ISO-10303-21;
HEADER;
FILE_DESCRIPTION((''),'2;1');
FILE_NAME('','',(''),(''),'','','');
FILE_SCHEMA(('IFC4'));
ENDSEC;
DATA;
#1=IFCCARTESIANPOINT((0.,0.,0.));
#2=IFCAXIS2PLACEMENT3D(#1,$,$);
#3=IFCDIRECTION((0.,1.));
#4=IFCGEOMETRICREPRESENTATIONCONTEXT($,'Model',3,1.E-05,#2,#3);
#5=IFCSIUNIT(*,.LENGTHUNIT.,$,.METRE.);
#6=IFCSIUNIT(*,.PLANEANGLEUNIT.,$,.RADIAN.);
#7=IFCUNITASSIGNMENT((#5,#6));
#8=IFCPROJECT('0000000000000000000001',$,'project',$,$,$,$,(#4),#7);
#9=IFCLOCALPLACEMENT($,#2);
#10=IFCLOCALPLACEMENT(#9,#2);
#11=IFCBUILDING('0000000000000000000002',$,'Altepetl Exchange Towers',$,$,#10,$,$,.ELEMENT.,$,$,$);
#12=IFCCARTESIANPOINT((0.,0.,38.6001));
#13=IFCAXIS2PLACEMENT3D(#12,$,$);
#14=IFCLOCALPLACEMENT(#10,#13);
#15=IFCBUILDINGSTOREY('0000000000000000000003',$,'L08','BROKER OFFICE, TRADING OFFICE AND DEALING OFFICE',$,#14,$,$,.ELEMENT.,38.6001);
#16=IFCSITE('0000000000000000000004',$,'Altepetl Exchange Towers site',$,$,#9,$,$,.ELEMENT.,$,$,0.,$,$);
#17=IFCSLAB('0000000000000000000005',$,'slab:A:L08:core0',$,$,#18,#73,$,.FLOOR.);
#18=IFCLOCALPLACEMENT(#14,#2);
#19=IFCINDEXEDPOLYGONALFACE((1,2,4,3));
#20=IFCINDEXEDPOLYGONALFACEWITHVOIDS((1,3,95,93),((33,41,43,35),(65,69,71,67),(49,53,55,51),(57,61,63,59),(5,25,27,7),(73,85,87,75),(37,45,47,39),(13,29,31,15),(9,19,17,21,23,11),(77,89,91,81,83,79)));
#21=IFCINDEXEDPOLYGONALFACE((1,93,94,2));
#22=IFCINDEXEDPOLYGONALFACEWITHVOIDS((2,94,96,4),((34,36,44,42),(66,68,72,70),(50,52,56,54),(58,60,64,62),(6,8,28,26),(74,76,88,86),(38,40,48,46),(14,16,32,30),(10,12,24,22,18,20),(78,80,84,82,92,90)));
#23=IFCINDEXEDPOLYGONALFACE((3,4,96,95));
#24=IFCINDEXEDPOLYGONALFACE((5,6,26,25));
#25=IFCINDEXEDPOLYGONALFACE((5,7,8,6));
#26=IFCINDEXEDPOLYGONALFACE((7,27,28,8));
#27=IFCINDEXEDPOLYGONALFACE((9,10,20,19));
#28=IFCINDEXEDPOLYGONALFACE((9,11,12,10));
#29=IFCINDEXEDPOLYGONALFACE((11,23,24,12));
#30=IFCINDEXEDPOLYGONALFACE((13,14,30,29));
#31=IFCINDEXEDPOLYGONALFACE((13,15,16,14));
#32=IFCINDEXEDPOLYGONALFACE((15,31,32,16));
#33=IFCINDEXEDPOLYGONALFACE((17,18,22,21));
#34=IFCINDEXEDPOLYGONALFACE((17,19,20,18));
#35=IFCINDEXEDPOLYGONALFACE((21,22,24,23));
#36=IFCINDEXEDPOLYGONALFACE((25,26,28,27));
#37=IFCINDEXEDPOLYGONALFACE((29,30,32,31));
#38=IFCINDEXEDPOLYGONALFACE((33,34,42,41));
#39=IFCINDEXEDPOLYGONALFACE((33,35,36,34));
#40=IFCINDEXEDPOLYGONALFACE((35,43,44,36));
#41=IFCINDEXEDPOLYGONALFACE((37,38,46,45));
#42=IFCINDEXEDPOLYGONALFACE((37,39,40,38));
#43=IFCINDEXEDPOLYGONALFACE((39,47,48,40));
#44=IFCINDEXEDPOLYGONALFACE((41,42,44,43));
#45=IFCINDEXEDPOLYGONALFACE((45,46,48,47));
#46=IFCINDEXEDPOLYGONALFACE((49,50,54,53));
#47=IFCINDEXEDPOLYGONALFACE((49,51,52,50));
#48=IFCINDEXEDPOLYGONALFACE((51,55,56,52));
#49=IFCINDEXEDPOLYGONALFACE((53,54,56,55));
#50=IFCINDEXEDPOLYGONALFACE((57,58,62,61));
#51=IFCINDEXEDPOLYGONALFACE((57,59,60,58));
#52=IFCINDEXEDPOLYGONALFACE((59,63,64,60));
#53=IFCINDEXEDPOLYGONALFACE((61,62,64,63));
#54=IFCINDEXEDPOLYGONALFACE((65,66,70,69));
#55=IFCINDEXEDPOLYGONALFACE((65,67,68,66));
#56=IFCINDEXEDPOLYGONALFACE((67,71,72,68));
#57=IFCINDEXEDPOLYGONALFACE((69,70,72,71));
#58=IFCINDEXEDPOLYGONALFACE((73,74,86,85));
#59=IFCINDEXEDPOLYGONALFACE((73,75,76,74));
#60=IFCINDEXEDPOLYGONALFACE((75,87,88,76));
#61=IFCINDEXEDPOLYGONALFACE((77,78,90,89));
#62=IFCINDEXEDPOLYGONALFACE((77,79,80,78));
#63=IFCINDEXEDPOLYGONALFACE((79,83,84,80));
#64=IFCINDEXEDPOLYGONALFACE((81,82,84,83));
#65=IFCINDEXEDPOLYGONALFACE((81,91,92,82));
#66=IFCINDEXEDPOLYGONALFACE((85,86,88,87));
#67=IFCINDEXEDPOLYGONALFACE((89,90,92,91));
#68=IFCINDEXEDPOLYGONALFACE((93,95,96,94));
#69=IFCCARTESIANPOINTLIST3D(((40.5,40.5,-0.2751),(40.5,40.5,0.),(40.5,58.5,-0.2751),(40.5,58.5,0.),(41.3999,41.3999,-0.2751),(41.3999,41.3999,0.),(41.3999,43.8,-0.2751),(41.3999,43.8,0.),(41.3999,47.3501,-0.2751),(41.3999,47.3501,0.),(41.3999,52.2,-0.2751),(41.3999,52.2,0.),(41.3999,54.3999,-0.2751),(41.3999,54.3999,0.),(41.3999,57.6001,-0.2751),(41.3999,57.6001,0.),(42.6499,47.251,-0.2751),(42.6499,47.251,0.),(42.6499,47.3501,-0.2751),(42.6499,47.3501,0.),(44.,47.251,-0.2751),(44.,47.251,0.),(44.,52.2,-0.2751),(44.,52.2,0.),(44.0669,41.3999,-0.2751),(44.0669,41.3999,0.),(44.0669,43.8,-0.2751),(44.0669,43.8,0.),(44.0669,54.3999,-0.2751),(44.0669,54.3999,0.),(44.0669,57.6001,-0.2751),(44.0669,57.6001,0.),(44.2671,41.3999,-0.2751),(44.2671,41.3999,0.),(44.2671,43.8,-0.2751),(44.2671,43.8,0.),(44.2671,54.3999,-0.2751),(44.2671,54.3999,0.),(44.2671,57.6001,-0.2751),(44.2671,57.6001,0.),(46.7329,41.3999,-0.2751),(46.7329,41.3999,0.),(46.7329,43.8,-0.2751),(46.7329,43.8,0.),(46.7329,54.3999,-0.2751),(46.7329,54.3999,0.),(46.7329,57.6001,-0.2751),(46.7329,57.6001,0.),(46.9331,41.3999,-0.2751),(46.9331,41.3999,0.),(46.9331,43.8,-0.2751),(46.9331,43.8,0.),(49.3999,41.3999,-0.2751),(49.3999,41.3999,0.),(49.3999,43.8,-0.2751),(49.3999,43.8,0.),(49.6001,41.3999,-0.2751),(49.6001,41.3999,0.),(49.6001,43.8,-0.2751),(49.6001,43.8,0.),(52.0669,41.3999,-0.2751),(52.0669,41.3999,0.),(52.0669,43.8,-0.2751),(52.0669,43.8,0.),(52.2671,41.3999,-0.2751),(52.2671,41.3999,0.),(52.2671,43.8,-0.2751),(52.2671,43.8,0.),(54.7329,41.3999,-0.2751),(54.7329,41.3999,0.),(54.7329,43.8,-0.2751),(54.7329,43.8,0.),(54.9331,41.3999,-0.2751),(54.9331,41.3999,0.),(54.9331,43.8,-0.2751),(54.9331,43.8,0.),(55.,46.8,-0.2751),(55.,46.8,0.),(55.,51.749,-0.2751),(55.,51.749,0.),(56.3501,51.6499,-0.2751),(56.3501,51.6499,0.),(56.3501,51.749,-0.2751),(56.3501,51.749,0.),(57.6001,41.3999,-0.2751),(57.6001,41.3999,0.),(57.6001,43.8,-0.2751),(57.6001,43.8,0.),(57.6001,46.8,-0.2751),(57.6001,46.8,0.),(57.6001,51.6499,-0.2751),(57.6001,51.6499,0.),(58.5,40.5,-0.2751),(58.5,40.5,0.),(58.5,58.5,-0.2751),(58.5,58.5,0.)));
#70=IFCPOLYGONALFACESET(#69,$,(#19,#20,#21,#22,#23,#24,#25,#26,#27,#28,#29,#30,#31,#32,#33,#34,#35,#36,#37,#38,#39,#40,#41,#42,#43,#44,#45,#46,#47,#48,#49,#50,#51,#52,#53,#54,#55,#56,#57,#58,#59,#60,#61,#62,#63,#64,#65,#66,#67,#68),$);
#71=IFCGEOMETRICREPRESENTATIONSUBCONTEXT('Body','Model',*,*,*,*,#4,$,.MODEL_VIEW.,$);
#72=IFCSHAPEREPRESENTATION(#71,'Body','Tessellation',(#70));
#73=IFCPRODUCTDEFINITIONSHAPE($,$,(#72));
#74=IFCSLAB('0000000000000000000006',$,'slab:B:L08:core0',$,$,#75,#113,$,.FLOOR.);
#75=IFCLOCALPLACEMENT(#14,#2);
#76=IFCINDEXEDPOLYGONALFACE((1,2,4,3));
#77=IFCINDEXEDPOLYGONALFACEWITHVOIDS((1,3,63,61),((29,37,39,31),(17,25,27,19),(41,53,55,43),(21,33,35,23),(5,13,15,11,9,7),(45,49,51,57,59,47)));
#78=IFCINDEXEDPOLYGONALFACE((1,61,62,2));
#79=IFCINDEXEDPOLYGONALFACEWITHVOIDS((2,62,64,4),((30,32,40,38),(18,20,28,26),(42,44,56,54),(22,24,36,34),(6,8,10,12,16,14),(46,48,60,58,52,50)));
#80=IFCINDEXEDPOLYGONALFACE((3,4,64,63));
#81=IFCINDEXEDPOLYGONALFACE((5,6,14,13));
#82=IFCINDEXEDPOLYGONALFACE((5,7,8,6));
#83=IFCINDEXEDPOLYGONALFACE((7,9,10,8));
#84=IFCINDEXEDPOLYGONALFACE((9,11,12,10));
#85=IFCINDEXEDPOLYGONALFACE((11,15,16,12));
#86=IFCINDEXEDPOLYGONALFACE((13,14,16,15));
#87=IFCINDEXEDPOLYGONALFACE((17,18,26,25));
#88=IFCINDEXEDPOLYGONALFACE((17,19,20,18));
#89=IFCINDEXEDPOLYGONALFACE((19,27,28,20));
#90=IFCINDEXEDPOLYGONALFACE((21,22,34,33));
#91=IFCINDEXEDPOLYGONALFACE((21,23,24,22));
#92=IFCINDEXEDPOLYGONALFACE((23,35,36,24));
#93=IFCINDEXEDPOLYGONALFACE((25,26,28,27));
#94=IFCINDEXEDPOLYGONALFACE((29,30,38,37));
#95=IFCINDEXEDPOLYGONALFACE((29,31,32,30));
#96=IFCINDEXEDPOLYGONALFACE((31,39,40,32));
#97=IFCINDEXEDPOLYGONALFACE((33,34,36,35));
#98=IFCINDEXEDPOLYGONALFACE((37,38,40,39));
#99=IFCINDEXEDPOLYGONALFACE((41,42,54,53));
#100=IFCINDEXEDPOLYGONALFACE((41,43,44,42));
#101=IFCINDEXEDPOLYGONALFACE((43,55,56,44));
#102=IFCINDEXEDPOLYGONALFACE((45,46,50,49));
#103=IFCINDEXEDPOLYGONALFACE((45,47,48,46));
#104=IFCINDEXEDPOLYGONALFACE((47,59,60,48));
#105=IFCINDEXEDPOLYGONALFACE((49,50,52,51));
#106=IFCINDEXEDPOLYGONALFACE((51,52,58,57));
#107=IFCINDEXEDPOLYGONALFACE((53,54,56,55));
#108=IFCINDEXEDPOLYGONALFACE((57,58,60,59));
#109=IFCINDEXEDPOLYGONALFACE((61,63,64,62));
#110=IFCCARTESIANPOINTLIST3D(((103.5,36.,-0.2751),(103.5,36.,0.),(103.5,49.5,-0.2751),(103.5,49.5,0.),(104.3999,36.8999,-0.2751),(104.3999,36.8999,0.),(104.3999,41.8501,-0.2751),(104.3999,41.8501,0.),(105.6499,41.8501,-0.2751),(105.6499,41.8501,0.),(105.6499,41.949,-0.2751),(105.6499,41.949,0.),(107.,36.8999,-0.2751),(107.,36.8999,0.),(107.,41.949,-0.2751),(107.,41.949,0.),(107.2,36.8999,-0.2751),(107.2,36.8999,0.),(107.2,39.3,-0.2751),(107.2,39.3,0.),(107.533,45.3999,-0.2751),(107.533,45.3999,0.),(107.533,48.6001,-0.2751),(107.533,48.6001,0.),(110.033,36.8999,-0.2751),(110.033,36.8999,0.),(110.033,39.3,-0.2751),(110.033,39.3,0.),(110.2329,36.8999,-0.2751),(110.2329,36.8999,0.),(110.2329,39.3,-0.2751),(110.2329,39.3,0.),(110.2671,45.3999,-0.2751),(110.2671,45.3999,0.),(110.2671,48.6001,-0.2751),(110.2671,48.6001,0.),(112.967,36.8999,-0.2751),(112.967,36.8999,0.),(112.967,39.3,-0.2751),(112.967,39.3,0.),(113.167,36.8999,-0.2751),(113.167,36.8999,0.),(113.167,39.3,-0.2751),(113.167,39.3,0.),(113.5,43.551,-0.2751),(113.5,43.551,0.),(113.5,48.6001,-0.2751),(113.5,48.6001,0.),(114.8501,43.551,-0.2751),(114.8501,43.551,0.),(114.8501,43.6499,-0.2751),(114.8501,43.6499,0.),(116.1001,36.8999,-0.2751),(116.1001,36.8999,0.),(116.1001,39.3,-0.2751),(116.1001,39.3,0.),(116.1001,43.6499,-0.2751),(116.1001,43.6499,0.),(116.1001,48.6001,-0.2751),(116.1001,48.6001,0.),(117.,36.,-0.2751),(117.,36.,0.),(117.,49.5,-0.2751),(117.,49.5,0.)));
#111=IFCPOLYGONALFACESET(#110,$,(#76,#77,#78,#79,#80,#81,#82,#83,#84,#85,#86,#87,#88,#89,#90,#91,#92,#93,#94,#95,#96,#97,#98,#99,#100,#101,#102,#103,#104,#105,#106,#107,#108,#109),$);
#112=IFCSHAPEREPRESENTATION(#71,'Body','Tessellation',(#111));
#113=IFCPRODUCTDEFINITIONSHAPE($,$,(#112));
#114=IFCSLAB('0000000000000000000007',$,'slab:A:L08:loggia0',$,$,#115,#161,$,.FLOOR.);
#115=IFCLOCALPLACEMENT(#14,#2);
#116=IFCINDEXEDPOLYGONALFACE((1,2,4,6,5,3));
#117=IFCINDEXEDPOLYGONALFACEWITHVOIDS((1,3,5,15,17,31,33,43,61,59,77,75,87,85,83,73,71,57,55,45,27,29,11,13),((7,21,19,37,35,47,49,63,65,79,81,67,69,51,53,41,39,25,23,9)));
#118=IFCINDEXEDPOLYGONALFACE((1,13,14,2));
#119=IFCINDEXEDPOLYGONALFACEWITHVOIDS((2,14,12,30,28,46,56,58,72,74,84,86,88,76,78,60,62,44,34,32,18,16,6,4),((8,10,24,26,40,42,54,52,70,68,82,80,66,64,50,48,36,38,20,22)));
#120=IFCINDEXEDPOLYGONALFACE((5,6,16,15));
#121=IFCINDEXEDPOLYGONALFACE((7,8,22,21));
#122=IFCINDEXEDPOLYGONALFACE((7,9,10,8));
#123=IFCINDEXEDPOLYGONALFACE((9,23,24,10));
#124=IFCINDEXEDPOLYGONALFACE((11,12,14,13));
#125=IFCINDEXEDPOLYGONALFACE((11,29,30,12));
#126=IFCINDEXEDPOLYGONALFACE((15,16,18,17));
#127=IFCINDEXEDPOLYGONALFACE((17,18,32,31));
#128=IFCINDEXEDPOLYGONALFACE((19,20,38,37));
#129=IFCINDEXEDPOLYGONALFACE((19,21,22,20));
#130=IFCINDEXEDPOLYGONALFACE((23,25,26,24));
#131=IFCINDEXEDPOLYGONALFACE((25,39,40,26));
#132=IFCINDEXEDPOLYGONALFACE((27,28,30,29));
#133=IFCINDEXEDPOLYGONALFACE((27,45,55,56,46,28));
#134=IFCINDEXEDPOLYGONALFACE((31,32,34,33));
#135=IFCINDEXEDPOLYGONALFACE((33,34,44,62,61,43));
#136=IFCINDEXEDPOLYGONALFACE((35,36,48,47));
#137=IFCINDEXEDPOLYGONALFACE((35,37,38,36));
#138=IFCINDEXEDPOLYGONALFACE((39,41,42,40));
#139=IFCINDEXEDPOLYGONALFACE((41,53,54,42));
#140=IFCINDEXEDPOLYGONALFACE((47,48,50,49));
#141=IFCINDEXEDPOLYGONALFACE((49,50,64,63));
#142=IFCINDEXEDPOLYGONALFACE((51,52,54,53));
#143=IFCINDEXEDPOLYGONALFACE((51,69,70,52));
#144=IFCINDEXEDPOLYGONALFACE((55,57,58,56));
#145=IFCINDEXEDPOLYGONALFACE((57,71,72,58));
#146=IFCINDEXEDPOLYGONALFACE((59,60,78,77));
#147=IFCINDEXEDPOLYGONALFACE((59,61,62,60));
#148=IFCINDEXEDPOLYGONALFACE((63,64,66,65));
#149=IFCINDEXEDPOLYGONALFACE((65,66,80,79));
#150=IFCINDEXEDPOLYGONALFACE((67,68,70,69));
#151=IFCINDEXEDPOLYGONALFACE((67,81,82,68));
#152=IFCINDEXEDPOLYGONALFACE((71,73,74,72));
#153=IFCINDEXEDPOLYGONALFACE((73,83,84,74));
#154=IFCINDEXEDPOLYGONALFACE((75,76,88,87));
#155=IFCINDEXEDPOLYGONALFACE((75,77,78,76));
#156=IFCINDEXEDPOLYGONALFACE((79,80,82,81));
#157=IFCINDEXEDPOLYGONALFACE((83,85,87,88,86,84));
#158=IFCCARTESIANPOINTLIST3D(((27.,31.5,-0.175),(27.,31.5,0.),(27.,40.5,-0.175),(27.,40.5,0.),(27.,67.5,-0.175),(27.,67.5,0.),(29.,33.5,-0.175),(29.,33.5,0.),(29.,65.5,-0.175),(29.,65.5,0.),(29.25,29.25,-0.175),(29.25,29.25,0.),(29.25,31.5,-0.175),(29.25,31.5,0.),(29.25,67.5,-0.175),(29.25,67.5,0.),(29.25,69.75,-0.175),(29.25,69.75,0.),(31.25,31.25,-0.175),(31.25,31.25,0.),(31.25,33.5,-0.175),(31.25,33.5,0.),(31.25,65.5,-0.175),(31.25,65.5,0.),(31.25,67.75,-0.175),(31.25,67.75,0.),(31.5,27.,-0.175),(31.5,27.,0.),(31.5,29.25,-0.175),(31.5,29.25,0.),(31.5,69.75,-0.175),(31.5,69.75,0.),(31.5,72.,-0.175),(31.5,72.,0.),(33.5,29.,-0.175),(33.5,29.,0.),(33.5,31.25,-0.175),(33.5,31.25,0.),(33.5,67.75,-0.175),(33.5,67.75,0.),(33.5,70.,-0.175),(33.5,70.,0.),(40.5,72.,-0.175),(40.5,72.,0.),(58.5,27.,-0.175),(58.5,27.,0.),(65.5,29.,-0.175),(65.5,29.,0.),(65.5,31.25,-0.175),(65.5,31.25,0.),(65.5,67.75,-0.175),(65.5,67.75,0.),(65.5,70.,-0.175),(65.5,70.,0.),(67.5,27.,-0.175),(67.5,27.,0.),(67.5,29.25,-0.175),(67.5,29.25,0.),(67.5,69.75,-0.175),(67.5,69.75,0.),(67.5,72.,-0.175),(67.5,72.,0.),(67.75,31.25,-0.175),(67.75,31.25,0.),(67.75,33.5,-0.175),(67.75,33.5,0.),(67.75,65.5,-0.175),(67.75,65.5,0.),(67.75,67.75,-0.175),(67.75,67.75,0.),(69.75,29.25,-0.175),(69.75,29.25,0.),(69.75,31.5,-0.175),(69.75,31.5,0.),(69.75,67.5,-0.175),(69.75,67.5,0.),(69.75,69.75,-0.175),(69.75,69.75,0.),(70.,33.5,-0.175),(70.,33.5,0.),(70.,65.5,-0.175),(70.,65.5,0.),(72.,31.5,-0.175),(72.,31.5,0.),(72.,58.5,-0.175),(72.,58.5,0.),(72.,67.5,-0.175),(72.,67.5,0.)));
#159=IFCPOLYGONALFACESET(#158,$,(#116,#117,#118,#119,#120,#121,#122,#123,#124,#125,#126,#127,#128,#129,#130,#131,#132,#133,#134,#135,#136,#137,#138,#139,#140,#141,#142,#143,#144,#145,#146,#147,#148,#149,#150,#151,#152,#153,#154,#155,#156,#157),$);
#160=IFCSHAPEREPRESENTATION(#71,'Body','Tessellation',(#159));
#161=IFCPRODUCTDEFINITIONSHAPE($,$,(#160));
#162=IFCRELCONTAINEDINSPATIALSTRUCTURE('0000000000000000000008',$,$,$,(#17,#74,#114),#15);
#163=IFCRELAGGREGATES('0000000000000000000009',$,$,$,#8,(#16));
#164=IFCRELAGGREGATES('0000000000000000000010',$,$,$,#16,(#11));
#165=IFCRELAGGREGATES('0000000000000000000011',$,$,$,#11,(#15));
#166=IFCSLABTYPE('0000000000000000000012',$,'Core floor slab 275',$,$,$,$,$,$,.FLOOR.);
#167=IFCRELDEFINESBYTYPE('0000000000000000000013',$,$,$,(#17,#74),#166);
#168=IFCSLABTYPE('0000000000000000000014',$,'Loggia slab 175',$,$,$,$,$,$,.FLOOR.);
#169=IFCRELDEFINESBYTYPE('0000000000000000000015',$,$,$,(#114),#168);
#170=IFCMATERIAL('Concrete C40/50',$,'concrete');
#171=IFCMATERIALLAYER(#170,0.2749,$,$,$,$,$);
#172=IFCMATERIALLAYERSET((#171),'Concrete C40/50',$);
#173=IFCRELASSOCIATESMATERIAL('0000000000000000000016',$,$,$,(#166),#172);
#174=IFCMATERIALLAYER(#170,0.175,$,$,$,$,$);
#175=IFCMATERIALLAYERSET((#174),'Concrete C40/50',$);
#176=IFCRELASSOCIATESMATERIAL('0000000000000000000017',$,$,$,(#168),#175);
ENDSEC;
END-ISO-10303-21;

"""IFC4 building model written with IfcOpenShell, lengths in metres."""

from ifc_helpers import new_model, si_unit, direction, frame, origin, place, context, subcontext, project, spatial, polyline, outline, extrude, material, layer, layer_set, type_object, element, save


model = new_model("IFC4")

# Units and contexts
model_context = context("Model", 3, precision=1e-05, world=origin(), true_north=direction((0.0, 1.0)))
body_context = subcontext(model_context, "Body", "Model", "MODEL_VIEW")
ifc_project = project(units=[si_unit("LENGTHUNIT", "METRE"), si_unit("PLANEANGLEUNIT", "RADIAN")], contexts=[model_context])

# Site, building, storey
site_placement = place(None, origin())
site = spatial("IfcSite", under=ifc_project, at=site_placement, Name="Altepetl Exchange Towers site", CompositionType="ELEMENT", RefElevation=0.0)
building_placement = place(site_placement, origin())
building = spatial("IfcBuilding", under=site, at=building_placement, Name="Altepetl Exchange Towers", CompositionType="ELEMENT")
storey_placement = place(building_placement, frame((0.0, 0.0, 38.6001)))
storey = spatial("IfcBuildingStorey", under=building, at=storey_placement, Name="L08", Description="BROKER OFFICE, TRADING OFFICE AND DEALING OFFICE", CompositionType="ELEMENT", Elevation=38.6001)

# Slabs
ifc_material_1 = material(Name="Concrete C40/50", Category="concrete")
ifc_layer_1 = layer(ifc_material_1, 0.2749)
ifc_layer_set_1 = layer_set([ifc_layer_1], Name="Concrete C40/50")
slab_type_1 = type_object("IfcSlabType", Name="Core floor slab 275", PredefinedType="FLOOR", material=ifc_layer_set_1)
slab_1_placement = place(storey_placement, frame((0.0, 0.0, -0.2751)))
element("IfcSlab", 1, at=slab_1_placement, inside=storey, type_object=slab_type_1, Name="slab:A:L08:core0", PredefinedType="FLOOR", context=body_context, shape_type="SweptSolid", body=[
    extrude(outline(polyline([(40.5, 40.5), (58.5, 40.5), (58.5, 58.5), (40.5, 58.5), (40.5, 40.5)]), holes=[polyline([(41.3999, 43.8), (44.0669, 43.8), (44.0669, 41.3999), (41.3999, 41.3999), (41.3999, 43.8)]), polyline([(44.2671, 43.8), (46.7329, 43.8), (46.7329, 41.3999), (44.2671, 41.3999), (44.2671, 43.8)]), polyline([(46.9331, 43.8), (49.3999, 43.8), (49.3999, 41.3999), (46.9331, 41.3999), (46.9331, 43.8)]), polyline([(52.0669, 43.8), (52.0669, 41.3999), (49.6001, 41.3999), (49.6001, 43.8), (52.0669, 43.8)]), polyline([(54.7329, 43.8), (54.7329, 41.3999), (52.2671, 41.3999), (52.2671, 43.8), (54.7329, 43.8)]), polyline([(54.9331, 43.8), (57.6001, 43.8), (57.6001, 41.3999), (54.9331, 41.3999), (54.9331, 43.8)]), polyline([(55.0, 51.749), (56.3501, 51.749), (56.3501, 51.6499), (57.6001, 51.6499), (57.6001, 46.8), (55.0, 46.8), (55.0, 51.749)]), polyline([(44.0, 47.251), (42.6499, 47.251), (42.6499, 47.3501), (41.3999, 47.3501), (41.3999, 52.2), (44.0, 52.2), (44.0, 47.251)]), polyline([(44.0669, 57.6001), (44.0669, 54.3999), (41.3999, 54.3999), (41.3999, 57.6001), (44.0669, 57.6001)]), polyline([(46.7329, 57.6001), (46.7329, 54.3999), (44.2671, 54.3999), (44.2671, 57.6001), (46.7329, 57.6001)])]), origin(), (0.0, 0.0, 1.0), 0.2751),
])
slab_2_placement = place(storey_placement, frame((0.0, 0.0, -0.2751)))
element("IfcSlab", 2, at=slab_2_placement, inside=storey, type_object=slab_type_1, Name="slab:B:L08:core0", PredefinedType="FLOOR", context=body_context, shape_type="SweptSolid", body=[
    extrude(outline(polyline([(103.5, 36.0), (117.0, 36.0), (117.0, 49.5), (103.5, 49.5), (103.5, 36.0)]), holes=[polyline([(107.2, 36.8999), (107.2, 39.3), (110.033, 39.3), (110.033, 36.8999), (107.2, 36.8999)]), polyline([(110.2329, 39.3), (112.967, 39.3), (112.967, 36.8999), (110.2329, 36.8999), (110.2329, 39.3)]), polyline([(113.167, 39.3), (116.1001, 39.3), (116.1001, 36.8999), (113.167, 36.8999), (113.167, 39.3)]), polyline([(107.0, 36.8999), (104.3999, 36.8999), (104.3999, 41.8501), (105.6499, 41.8501), (105.6499, 41.949), (107.0, 41.949), (107.0, 36.8999)]), polyline([(116.1001, 48.6001), (116.1001, 43.6499), (114.8501, 43.6499), (114.8501, 43.551), (113.5, 43.551), (113.5, 48.6001), (116.1001, 48.6001)]), polyline([(107.533, 48.6001), (110.2671, 48.6001), (110.2671, 45.3999), (107.533, 45.3999), (107.533, 48.6001)])]), origin(), (0.0, 0.0, 1.0), 0.2751),
])
ifc_layer_2 = layer(ifc_material_1, 0.175)
ifc_layer_set_2 = layer_set([ifc_layer_2], Name="Concrete C40/50")
slab_type_2 = type_object("IfcSlabType", Name="Loggia slab 175", PredefinedType="FLOOR", material=ifc_layer_set_2)
slab_3_placement = place(storey_placement, frame((0.0, 0.0, -0.175)))
element("IfcSlab", 3, at=slab_3_placement, inside=storey, type_object=slab_type_2, Name="slab:A:L08:loggia0", PredefinedType="FLOOR", context=body_context, shape_type="SweptSolid", body=[
    extrude(outline(polyline([(29.25, 67.5), (27.0, 67.5), (27.0, 40.5), (27.0, 31.5), (29.25, 31.5), (29.25, 29.25), (31.5, 29.25), (31.5, 27.0), (58.5, 27.0), (67.5, 27.0), (67.5, 29.25), (69.75, 29.25), (69.75, 31.5), (72.0, 31.5), (72.0, 58.5), (72.0, 67.5), (69.75, 67.5), (69.75, 69.75), (67.5, 69.75), (67.5, 72.0), (40.5, 72.0), (31.5, 72.0), (31.5, 69.75), (29.25, 69.75), (29.25, 67.5)]), holes=[polyline([(29.0, 65.5), (31.25, 65.5), (31.25, 67.75), (33.5, 67.75), (33.5, 70.0), (65.5, 70.0), (65.5, 67.75), (67.75, 67.75), (67.75, 65.5), (70.0, 65.5), (70.0, 33.5), (67.75, 33.5), (67.75, 31.25), (65.5, 31.25), (65.5, 29.0), (33.5, 29.0), (33.5, 31.25), (31.25, 31.25), (31.25, 33.5), (29.0, 33.5), (29.0, 65.5)])]), origin(), (0.0, 0.0, 1.0), 0.175),
])

save(model, "model.ifc")
